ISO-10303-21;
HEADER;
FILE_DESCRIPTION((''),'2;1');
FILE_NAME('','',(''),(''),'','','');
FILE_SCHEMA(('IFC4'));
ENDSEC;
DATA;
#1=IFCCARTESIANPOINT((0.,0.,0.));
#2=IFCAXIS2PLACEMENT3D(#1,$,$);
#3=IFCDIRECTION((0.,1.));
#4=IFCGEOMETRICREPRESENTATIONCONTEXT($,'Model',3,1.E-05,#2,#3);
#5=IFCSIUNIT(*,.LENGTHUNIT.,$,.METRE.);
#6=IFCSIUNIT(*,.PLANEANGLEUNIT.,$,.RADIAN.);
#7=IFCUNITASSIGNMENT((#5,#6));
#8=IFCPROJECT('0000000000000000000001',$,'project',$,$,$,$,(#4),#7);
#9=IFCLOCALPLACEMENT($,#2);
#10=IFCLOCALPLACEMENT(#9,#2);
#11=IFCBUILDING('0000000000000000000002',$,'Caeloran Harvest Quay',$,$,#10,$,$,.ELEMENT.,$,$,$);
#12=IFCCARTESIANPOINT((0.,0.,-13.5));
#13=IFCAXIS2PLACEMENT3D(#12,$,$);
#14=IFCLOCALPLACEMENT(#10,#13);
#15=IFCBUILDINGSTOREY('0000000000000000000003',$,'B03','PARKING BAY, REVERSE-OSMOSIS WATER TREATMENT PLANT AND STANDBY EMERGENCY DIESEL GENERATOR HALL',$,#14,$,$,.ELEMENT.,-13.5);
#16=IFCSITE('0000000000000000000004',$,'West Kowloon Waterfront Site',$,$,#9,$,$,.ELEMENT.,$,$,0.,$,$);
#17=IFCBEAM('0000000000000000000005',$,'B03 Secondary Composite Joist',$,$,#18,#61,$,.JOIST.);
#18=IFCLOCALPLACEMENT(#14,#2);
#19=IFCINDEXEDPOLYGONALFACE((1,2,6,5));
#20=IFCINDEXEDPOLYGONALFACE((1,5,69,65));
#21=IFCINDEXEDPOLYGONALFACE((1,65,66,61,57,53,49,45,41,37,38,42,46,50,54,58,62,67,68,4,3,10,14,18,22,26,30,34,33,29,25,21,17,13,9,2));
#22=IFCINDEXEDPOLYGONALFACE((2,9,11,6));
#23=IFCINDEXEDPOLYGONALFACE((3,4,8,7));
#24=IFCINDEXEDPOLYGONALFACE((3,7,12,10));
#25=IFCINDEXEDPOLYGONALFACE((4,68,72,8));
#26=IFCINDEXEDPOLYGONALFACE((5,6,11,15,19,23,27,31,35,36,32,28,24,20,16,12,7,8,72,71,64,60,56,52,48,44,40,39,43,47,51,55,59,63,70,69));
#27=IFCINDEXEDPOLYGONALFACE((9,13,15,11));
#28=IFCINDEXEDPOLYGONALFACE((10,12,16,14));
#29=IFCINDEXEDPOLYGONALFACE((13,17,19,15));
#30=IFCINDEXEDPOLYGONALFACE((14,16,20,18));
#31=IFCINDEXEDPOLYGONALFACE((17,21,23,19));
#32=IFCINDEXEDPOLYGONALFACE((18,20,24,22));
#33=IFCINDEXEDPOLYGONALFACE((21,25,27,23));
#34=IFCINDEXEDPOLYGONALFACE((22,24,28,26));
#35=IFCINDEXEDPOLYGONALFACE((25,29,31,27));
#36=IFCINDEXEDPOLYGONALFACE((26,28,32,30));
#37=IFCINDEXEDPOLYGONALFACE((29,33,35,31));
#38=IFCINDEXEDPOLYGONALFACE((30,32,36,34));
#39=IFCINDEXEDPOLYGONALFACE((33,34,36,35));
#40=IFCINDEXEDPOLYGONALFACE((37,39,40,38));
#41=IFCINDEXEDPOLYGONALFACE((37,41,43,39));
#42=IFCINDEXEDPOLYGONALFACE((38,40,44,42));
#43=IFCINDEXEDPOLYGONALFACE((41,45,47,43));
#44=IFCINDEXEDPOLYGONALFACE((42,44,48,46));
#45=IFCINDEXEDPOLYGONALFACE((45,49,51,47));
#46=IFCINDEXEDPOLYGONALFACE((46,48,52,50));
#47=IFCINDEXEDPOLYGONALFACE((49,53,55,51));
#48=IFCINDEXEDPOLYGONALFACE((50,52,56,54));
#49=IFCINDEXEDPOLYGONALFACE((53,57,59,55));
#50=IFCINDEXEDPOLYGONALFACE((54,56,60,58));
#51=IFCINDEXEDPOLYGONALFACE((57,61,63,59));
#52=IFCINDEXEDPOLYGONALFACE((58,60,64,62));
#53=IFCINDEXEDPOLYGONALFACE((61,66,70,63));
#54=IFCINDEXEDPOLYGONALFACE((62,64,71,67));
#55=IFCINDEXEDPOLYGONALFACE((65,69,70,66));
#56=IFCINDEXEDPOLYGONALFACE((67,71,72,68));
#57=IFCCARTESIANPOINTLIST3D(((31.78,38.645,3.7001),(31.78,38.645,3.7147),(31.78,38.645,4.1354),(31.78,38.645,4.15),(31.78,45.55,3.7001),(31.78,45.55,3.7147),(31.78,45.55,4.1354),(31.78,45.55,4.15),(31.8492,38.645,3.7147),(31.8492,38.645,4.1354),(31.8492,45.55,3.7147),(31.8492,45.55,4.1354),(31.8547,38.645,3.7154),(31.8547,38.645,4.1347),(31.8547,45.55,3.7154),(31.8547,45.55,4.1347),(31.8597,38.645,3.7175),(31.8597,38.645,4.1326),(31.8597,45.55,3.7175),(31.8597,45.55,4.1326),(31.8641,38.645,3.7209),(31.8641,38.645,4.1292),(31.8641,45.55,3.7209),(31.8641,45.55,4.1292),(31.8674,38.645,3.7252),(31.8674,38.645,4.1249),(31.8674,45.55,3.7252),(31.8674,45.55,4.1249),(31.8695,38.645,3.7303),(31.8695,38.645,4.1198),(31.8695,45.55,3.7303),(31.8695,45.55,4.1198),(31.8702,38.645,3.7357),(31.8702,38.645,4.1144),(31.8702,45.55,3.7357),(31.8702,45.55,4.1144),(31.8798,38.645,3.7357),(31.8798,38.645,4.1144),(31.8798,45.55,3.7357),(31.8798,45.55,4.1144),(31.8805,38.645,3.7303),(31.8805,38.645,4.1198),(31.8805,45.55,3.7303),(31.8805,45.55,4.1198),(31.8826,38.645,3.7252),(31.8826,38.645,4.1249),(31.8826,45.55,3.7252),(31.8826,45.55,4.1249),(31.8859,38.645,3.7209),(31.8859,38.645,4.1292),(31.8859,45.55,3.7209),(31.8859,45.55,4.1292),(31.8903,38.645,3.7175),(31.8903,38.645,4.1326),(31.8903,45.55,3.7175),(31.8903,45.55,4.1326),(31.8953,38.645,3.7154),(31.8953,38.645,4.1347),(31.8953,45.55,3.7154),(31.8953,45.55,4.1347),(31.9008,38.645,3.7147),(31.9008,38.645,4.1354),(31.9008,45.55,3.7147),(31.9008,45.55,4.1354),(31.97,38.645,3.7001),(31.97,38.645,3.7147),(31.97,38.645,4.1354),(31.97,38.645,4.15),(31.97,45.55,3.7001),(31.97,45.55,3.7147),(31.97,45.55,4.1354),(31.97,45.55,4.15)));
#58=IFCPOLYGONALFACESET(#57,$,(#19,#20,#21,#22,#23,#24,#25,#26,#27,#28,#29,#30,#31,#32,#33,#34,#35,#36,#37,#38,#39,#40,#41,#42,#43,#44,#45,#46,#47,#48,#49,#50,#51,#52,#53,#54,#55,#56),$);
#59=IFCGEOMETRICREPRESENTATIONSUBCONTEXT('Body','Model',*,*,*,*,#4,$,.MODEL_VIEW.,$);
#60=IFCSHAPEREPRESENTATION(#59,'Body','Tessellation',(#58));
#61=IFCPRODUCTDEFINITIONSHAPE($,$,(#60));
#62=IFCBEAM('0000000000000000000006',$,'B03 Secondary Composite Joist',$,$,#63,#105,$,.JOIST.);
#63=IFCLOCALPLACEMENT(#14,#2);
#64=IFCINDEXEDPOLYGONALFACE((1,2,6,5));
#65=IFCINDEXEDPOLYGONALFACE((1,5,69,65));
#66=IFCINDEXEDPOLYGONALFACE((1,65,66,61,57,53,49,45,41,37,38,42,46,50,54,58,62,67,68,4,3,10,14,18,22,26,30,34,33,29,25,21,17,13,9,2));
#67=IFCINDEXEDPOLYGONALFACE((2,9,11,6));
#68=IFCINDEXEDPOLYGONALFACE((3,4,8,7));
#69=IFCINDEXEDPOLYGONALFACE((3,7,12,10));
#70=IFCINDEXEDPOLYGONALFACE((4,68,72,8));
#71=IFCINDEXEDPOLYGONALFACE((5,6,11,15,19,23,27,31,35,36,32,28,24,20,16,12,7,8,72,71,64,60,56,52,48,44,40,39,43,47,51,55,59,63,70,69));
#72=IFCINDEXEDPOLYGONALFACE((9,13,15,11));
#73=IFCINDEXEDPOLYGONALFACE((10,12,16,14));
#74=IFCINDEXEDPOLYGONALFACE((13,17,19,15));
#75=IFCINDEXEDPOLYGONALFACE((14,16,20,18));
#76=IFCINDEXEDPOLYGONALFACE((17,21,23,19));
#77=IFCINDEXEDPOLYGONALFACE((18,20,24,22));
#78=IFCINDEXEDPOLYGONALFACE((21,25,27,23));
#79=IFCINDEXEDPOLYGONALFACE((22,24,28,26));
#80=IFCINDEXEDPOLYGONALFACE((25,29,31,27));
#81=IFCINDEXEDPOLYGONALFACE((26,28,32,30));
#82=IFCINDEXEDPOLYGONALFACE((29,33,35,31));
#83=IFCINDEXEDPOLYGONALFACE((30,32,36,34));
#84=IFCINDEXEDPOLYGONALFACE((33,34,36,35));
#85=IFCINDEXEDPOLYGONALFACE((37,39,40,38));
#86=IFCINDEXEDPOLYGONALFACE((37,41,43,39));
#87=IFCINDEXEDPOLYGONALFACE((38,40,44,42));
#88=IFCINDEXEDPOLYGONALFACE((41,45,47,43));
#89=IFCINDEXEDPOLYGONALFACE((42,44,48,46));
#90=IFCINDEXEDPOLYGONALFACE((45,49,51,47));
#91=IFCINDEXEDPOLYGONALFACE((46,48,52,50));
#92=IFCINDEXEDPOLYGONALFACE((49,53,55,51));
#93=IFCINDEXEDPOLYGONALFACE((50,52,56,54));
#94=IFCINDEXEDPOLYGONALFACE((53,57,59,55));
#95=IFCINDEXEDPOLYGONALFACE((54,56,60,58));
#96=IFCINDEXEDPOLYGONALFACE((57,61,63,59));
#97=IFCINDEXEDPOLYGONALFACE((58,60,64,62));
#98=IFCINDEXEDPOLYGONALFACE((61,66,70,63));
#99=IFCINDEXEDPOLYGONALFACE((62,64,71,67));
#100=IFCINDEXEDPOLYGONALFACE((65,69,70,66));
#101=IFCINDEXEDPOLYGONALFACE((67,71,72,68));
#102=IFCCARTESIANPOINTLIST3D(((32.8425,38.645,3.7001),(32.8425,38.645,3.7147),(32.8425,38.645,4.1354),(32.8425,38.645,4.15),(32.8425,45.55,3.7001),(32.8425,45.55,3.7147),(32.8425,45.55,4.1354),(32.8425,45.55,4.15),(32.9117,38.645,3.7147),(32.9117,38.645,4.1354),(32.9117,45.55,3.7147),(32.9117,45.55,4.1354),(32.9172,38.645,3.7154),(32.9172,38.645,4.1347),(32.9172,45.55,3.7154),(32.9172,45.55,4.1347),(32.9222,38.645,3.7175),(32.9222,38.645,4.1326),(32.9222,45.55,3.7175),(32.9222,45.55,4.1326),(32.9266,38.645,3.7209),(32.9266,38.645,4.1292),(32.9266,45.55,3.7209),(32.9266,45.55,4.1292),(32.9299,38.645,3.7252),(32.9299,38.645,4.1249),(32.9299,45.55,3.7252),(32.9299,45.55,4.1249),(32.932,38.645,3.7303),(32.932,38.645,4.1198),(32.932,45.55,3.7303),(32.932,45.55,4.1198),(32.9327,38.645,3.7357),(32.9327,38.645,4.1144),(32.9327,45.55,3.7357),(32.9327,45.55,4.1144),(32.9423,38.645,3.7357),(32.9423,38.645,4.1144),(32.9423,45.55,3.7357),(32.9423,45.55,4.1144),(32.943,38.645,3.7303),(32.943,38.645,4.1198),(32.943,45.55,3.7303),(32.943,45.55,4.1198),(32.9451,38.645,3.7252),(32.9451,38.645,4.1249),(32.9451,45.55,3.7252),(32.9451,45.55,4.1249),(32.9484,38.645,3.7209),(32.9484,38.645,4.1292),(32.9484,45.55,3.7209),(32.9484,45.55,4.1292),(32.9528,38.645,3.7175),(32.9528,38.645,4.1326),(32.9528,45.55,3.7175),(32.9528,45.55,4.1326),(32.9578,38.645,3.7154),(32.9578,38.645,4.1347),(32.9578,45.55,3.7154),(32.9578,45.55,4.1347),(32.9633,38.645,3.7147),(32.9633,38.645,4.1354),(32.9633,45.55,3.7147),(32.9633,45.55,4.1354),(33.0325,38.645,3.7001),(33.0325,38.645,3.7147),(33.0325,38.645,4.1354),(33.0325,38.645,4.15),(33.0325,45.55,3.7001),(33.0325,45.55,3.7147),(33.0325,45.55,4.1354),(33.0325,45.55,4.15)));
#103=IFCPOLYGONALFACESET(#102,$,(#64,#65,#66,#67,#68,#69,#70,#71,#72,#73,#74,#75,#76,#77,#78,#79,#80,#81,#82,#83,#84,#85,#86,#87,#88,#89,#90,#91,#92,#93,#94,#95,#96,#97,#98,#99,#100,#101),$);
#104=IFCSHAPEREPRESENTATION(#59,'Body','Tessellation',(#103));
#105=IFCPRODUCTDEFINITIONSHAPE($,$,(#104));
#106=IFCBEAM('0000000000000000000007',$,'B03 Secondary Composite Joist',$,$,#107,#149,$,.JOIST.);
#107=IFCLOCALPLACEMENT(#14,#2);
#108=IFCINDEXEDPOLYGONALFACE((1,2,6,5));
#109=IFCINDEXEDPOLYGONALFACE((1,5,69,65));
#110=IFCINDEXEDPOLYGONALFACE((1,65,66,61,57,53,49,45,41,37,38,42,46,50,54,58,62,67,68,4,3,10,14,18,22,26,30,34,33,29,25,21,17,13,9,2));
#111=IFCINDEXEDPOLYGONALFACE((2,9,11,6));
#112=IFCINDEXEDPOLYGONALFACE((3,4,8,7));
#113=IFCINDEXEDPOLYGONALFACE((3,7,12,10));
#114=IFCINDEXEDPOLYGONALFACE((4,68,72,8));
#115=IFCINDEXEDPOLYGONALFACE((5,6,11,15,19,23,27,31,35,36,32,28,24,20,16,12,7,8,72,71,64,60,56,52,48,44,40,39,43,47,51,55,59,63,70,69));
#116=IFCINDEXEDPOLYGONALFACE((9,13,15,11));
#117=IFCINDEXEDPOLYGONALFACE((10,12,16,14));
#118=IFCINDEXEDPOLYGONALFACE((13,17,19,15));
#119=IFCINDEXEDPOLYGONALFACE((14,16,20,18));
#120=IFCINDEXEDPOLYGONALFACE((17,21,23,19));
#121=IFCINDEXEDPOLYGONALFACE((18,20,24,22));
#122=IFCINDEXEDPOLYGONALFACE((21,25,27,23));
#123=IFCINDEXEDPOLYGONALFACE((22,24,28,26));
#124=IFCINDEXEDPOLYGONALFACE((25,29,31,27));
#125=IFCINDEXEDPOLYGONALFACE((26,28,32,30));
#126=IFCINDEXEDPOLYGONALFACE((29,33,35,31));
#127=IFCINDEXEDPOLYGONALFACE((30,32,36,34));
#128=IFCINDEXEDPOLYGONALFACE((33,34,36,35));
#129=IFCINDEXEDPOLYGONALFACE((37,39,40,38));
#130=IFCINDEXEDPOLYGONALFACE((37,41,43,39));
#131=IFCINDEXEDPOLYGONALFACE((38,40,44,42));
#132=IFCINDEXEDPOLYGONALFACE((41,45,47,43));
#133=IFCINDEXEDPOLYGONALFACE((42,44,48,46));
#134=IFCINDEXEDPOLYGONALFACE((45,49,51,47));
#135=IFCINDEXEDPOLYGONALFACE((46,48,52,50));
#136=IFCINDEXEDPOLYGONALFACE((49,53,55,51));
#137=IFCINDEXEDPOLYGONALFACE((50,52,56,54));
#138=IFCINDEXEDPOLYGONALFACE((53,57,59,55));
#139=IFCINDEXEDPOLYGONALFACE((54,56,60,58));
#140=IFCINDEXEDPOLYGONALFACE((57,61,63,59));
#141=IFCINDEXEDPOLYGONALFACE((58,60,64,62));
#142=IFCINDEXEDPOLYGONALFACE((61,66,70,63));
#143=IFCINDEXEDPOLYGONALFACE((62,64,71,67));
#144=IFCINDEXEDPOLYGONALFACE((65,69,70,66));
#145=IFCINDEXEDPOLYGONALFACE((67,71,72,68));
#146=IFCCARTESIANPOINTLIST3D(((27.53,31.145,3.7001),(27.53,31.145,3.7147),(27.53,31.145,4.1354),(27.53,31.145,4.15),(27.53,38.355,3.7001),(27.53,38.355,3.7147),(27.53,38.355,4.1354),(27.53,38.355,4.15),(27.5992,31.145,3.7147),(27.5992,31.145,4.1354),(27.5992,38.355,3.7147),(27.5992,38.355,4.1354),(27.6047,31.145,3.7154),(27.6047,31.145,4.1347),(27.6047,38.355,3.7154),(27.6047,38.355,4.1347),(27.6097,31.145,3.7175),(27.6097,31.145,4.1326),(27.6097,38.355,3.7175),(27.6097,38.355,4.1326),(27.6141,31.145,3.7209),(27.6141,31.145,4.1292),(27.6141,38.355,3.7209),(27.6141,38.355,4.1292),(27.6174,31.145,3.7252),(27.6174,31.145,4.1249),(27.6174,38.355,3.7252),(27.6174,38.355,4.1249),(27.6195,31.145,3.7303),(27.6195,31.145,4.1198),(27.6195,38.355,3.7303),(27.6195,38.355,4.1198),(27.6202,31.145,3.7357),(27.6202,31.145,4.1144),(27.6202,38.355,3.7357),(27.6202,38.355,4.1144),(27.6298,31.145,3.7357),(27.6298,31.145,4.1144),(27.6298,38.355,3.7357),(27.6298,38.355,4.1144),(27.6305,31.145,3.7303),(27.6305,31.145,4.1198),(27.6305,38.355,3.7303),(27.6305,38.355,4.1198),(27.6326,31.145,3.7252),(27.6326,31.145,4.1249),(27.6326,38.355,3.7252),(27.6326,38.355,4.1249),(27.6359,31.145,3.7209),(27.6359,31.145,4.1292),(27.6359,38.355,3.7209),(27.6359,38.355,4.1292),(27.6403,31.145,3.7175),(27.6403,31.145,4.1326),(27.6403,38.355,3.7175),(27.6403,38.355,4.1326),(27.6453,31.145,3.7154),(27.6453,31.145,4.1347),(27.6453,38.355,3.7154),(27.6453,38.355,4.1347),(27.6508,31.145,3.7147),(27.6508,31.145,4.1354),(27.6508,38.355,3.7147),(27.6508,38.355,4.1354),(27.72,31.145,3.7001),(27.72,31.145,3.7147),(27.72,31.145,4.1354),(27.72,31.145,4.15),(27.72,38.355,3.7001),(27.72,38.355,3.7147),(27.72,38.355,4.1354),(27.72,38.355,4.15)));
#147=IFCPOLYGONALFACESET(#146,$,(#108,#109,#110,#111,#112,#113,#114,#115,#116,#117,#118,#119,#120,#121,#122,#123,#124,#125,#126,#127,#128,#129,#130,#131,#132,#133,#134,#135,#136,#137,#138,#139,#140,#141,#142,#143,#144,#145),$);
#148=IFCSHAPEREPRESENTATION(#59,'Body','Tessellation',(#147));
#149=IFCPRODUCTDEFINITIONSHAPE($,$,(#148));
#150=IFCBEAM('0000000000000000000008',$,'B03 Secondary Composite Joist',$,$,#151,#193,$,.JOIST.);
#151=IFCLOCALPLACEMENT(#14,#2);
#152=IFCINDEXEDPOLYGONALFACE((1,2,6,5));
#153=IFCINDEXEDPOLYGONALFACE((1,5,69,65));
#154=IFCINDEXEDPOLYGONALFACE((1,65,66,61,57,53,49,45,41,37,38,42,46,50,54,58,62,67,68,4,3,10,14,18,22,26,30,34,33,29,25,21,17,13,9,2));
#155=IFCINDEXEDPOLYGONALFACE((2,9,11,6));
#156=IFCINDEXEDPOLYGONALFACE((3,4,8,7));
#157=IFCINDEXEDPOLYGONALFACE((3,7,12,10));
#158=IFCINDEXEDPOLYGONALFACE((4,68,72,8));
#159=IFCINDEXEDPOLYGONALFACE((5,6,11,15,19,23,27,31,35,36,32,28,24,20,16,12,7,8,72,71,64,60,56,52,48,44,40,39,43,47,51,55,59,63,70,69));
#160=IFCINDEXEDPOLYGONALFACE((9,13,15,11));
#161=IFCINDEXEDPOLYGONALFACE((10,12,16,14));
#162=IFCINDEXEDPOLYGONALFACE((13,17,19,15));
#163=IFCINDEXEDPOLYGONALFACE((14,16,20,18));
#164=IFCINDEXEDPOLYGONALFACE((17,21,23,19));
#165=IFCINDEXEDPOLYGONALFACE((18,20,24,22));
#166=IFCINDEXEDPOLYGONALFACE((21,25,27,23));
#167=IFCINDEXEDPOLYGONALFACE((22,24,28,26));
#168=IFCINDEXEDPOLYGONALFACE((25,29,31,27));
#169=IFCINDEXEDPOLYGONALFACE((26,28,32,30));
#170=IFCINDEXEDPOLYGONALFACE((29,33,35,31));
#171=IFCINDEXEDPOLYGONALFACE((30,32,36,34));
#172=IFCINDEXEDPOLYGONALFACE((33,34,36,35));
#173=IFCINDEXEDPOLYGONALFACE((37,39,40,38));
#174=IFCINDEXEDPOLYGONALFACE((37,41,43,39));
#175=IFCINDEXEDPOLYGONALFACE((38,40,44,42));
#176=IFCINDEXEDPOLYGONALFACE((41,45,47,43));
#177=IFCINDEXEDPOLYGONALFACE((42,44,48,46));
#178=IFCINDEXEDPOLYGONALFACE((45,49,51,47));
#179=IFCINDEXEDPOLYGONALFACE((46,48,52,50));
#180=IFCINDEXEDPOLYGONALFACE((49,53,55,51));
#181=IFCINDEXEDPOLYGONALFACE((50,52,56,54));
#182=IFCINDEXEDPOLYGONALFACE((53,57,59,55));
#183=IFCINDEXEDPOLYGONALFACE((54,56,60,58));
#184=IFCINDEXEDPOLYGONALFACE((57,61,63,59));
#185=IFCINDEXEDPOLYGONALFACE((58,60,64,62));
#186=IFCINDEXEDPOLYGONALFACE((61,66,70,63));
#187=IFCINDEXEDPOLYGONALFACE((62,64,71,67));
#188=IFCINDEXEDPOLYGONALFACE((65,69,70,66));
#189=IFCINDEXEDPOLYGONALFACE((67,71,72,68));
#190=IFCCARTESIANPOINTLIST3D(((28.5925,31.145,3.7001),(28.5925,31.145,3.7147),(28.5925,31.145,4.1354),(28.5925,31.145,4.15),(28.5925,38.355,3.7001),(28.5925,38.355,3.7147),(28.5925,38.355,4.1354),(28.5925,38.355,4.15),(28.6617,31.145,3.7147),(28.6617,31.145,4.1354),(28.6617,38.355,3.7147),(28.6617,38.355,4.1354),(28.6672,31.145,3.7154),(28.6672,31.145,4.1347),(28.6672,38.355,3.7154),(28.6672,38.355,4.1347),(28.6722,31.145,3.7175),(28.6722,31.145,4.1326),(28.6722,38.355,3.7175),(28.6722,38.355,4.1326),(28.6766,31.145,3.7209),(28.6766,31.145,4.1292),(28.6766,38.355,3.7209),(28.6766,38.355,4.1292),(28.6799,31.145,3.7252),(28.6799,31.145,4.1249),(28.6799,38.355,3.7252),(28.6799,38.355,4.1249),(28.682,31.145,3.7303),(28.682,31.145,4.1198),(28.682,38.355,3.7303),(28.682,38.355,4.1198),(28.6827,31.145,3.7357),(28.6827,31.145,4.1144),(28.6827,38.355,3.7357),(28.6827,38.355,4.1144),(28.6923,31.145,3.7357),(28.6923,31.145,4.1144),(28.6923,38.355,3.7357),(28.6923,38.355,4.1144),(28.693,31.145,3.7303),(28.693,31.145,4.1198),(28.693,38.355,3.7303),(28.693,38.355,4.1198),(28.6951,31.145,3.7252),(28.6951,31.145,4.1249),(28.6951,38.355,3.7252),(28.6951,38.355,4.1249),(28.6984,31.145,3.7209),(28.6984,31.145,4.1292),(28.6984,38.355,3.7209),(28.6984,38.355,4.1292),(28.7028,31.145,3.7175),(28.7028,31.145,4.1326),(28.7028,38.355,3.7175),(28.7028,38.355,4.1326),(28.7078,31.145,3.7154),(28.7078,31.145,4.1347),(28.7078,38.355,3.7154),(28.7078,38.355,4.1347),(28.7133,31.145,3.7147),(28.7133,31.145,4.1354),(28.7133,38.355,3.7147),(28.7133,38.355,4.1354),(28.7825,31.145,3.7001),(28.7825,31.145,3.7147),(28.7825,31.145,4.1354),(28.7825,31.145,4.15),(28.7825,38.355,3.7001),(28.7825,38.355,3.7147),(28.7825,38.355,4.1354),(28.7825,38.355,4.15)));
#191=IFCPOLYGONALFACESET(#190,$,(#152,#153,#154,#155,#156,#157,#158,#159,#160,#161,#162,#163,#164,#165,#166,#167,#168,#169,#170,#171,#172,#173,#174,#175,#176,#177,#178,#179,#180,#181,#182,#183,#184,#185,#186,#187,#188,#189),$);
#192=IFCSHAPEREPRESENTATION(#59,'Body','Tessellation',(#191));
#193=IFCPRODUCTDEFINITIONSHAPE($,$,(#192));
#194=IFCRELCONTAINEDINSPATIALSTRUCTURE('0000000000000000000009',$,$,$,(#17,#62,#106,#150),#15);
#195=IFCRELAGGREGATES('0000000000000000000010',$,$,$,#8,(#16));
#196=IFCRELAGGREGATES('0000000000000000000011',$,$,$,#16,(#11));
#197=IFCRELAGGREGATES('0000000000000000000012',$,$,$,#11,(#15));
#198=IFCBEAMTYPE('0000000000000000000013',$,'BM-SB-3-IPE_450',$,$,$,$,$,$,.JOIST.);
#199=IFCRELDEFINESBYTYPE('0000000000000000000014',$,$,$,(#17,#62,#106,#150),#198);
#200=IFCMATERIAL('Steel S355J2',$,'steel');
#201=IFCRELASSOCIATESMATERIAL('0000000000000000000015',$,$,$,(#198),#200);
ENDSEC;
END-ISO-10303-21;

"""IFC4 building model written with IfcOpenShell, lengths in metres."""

from ifc_helpers import new_model, si_unit, direction, frame, origin, origin_2d, place, context, subcontext, project, spatial, i_section, extrude, material, material_profile, profile_set, type_object, element, save


model = new_model("IFC4")

# Units and contexts
model_context = context("Model", 3, precision=1e-05, world=origin(), true_north=direction((0.0, 1.0)))
body_context = subcontext(model_context, "Body", "Model", "MODEL_VIEW")
ifc_project = project(units=[si_unit("LENGTHUNIT", "METRE"), si_unit("PLANEANGLEUNIT", "RADIAN")], contexts=[model_context])

# Site, building, storey
site_placement = place(None, origin())
site = spatial("IfcSite", under=ifc_project, at=site_placement, Name="West Kowloon Waterfront Site", CompositionType="ELEMENT", RefElevation=0.0)
building_placement = place(site_placement, origin())
building = spatial("IfcBuilding", under=site, at=building_placement, Name="Caeloran Harvest Quay", CompositionType="ELEMENT")
storey_placement = place(building_placement, frame((0.0, 0.0, -13.5)))
storey = spatial("IfcBuildingStorey", under=building, at=storey_placement, Name="B03", Description="PARKING BAY, REVERSE-OSMOSIS WATER TREATMENT PLANT AND STANDBY EMERGENCY DIESEL GENERATOR HALL", CompositionType="ELEMENT", Elevation=-13.5)

# Beams
ifc_material_1 = material(Name="Steel S355J2", Category="steel")
ifc_material_profile_1 = material_profile(ifc_material_1, i_section(OverallWidth=0.1899, OverallDepth=0.45, WebThickness=0.0095, FlangeThickness=0.0146, FilletRadius=0.021, at=origin_2d()), Name="IPE 450")
ifc_profile_set_1 = profile_set([ifc_material_profile_1], Name="Steel S355J2")
beam_type_1 = type_object("IfcBeamType", Name="BM-SB-3-IPE_450", PredefinedType="JOIST", material=ifc_profile_set_1)
for number, where, z_axis, x_axis, name in (
    (1, (31.875, 38.645, 3.925), (0.0, 1.0, 0.0), (-1.0, 0.0, 0.0), "B03 Secondary Composite Joist"),
    (2, (32.9375, 38.645, 3.925), (0.0, 1.0, 0.0), (-1.0, 0.0, 0.0), "B03 Secondary Composite Joist"),
):
    element("IfcBeam", number, at=place(storey_placement, frame(where, z_axis=z_axis, x_axis=x_axis)), inside=storey, type_object=beam_type_1, Name=name, PredefinedType="JOIST", context=body_context, shape_type="SweptSolid", body=[
        extrude(i_section(OverallWidth=0.1899, OverallDepth=0.45, WebThickness=0.0095, FlangeThickness=0.0146, FilletRadius=0.021, at=origin_2d()), origin(), (0.0, 0.0, 1.0), 6.905),
    ])
for number, where, z_axis, x_axis, name in (
    (3, (27.625, 31.145, 3.925), (0.0, 1.0, 0.0), (-1.0, 0.0, 0.0), "B03 Secondary Composite Joist"),
    (4, (28.6875, 31.145, 3.925), (0.0, 1.0, 0.0), (-1.0, 0.0, 0.0), "B03 Secondary Composite Joist"),
):
    element("IfcBeam", number, at=place(storey_placement, frame(where, z_axis=z_axis, x_axis=x_axis)), inside=storey, type_object=beam_type_1, Name=name, PredefinedType="JOIST", context=body_context, shape_type="SweptSolid", body=[
        extrude(i_section(OverallWidth=0.1899, OverallDepth=0.45, WebThickness=0.0095, FlangeThickness=0.0146, FilletRadius=0.021, at=origin_2d()), origin(), (0.0, 0.0, 1.0), 7.21),
    ])

save(model, "model.ifc")
